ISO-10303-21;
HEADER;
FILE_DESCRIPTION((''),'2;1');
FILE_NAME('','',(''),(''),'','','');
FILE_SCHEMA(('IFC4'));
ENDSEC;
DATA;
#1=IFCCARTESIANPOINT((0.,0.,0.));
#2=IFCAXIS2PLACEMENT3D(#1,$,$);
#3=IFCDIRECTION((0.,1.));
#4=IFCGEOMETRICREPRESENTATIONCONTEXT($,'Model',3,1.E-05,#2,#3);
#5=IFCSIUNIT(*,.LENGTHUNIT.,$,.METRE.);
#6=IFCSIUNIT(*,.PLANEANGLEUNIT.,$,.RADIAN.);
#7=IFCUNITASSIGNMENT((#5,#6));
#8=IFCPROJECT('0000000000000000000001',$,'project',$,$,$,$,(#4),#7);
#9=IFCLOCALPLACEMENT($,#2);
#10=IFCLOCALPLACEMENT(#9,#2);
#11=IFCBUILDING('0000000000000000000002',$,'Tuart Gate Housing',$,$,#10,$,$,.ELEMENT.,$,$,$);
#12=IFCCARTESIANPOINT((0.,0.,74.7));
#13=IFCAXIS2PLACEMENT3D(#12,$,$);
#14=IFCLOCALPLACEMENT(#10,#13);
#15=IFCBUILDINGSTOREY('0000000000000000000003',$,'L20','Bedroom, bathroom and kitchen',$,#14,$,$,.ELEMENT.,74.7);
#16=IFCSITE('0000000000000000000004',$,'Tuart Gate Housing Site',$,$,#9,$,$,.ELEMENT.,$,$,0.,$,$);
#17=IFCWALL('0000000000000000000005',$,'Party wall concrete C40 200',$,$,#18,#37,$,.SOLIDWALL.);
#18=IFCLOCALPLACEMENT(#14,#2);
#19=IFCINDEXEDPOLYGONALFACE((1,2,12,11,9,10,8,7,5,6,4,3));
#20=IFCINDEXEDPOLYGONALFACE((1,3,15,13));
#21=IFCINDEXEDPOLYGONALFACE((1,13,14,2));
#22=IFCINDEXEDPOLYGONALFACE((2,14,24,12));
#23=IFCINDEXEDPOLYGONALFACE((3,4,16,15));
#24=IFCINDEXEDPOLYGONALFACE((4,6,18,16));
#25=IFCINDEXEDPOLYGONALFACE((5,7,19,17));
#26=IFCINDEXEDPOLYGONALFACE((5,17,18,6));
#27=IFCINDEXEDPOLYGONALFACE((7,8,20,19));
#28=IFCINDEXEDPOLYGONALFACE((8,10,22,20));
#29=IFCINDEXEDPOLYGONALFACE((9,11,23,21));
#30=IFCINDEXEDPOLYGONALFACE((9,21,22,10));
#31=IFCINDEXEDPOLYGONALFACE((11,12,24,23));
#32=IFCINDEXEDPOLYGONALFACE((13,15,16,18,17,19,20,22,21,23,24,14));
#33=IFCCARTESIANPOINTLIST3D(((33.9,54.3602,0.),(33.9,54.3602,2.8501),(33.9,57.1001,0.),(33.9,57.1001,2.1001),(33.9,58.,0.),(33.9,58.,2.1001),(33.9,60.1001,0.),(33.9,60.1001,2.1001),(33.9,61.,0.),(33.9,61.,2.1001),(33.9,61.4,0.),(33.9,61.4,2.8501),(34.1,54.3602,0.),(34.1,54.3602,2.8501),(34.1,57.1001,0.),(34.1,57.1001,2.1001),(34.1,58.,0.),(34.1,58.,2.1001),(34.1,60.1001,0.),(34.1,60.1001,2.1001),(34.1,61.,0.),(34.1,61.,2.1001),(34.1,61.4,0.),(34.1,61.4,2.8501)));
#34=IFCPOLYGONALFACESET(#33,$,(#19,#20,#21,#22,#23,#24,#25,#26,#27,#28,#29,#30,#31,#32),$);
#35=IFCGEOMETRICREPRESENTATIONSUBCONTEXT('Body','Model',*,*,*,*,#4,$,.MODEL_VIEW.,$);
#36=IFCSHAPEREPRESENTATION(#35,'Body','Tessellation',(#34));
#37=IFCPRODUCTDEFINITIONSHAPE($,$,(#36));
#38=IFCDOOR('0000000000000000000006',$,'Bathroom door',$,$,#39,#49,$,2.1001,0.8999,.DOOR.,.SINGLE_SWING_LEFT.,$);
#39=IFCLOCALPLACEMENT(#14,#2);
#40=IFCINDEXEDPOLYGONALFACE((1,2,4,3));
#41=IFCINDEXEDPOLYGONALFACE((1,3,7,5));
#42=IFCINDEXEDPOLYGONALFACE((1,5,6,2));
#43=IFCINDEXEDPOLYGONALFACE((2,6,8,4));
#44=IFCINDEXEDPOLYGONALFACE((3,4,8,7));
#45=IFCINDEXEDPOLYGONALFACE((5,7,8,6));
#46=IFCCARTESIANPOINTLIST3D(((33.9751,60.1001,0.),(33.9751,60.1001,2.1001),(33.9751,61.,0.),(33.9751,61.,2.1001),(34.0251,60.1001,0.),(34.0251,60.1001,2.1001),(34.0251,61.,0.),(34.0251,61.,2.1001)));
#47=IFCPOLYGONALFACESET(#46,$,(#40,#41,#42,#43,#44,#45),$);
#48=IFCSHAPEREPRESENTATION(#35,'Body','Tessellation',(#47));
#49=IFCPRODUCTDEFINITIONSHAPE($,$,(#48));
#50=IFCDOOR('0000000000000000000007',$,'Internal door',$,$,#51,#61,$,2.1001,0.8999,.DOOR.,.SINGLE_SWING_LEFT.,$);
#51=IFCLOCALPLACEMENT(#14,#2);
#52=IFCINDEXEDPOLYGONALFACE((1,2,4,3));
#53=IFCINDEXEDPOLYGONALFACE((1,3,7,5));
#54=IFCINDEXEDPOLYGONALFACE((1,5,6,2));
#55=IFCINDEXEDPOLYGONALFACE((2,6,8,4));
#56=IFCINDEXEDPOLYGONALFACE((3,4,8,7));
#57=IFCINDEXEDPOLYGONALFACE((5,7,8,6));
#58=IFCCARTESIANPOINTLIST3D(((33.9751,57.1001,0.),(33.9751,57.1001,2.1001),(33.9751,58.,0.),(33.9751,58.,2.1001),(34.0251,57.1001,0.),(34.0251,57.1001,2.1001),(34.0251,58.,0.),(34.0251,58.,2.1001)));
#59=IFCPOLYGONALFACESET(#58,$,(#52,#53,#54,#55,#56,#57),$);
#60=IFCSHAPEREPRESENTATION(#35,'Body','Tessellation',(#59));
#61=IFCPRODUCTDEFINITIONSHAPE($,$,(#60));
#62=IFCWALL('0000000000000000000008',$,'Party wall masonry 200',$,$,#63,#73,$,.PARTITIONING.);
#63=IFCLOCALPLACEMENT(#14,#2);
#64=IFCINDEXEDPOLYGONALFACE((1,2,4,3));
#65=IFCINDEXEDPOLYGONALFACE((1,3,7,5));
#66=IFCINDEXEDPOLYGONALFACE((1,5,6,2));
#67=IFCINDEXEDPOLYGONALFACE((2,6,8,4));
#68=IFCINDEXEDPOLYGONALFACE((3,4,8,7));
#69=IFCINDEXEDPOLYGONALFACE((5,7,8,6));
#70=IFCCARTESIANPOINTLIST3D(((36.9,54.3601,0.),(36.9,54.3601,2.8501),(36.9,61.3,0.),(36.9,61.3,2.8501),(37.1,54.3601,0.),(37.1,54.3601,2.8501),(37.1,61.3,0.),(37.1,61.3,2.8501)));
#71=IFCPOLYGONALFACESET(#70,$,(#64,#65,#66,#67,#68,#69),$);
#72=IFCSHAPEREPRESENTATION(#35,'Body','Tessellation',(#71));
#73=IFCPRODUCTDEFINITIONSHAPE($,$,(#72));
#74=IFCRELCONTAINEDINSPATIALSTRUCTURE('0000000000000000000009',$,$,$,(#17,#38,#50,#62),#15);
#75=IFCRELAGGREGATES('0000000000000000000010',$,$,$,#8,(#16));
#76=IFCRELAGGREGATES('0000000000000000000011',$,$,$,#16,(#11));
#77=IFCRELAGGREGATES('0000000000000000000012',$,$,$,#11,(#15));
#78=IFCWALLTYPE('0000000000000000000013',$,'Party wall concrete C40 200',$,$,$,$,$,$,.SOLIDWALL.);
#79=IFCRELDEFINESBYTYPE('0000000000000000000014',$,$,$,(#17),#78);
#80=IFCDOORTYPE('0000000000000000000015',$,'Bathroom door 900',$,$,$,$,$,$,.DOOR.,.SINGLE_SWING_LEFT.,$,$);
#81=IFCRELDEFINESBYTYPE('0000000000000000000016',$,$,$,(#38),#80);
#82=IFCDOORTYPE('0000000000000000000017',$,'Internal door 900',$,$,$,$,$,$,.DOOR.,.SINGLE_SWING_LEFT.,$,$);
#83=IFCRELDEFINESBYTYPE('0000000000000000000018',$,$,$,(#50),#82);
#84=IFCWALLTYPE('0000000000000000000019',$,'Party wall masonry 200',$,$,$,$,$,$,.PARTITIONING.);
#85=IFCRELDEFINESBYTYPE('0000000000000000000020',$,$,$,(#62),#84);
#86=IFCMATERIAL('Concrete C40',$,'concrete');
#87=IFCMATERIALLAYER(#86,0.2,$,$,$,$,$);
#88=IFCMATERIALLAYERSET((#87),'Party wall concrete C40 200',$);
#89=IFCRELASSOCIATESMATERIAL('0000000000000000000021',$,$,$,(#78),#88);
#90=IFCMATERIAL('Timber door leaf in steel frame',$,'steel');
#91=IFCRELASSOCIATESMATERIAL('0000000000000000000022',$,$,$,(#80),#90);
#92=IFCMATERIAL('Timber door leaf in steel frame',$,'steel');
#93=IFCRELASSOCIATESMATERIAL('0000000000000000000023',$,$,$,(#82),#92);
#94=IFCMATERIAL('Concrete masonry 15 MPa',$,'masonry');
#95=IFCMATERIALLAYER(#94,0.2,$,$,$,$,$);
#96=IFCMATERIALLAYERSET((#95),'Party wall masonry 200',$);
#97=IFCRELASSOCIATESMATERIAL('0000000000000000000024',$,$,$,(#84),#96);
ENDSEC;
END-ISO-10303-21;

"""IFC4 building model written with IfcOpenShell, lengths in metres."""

from ifc_helpers import new_model, si_unit, direction, frame, frame_2d, origin, place, context, subcontext, project, spatial, rectangle, extrude, material, layer, layer_set, type_object, element, fill, save


model = new_model("IFC4")

# Units and contexts
model_context = context("Model", 3, precision=1e-05, world=origin(), true_north=direction((0.0, 1.0)))
body_context = subcontext(model_context, "Body", "Model", "MODEL_VIEW")
ifc_project = project(units=[si_unit("LENGTHUNIT", "METRE"), si_unit("PLANEANGLEUNIT", "RADIAN")], contexts=[model_context])

# Site, building, storey
site_placement = place(None, origin())
site = spatial("IfcSite", under=ifc_project, at=site_placement, Name="Tuart Gate Housing Site", CompositionType="ELEMENT", RefElevation=0.0)
building_placement = place(site_placement, origin())
building = spatial("IfcBuilding", under=site, at=building_placement, Name="Tuart Gate Housing", CompositionType="ELEMENT")
storey_placement = place(building_placement, frame((0.0, 0.0, 74.7)))
storey = spatial("IfcBuildingStorey", under=building, at=storey_placement, Name="L20", Description="Bedroom, bathroom and kitchen", CompositionType="ELEMENT", Elevation=74.7)

# Wall, openings, doors
ifc_material_1 = material(Name="Concrete C40", Category="concrete")
ifc_layer_1 = layer(ifc_material_1, 0.2)
ifc_layer_set_1 = layer_set([ifc_layer_1], Name="Party wall concrete C40 200")
wall_type_1 = type_object("IfcWallType", Name="Party wall concrete C40 200", PredefinedType="SOLIDWALL", material=ifc_layer_set_1)
wall_1_placement = place(storey_placement, frame((34.0, 54.3601, 0.0), z_axis=(0.0, 0.0, 1.0), x_axis=(0.0, 1.0, 0.0)))
wall_1 = element("IfcWall", 1, at=wall_1_placement, inside=storey, type_object=wall_type_1, Name="Party wall concrete C40 200", PredefinedType="SOLIDWALL", context=body_context, shape_type="SweptSolid", body=[
    extrude(rectangle(XDim=7.0398, YDim=0.2, at=frame_2d((3.52, 0.0))), origin(), (0.0, 0.0, 1.0), 2.8501),
])
opening_1_placement = place(wall_1_placement, frame((2.74, 0.0, 0.0)))
opening_1 = element("IfcOpeningElement", 2, at=opening_1_placement, cuts=wall_1, PredefinedType="OPENING", context=body_context, shape_type="SweptSolid", body=[
    extrude(rectangle(XDim=0.8999, YDim=2.1001, at=frame_2d((0.45, 1.05))), frame((0.0, 0.1099, 0.0), z_axis=(0.0, -1.0, 0.0), x_axis=(1.0, 0.0, 0.0)), (0.0, 0.0, 1.0), 0.22),
])
opening_2_placement = place(wall_1_placement, frame((5.74, 0.0, 0.0)))
opening_2 = element("IfcOpeningElement", 3, at=opening_2_placement, cuts=wall_1, PredefinedType="OPENING", context=body_context, shape_type="SweptSolid", body=[
    extrude(rectangle(XDim=0.8999, YDim=2.1001, at=frame_2d((0.45, 1.05))), frame((0.0, 0.1099, 0.0), z_axis=(0.0, -1.0, 0.0), x_axis=(1.0, 0.0, 0.0)), (0.0, 0.0, 1.0), 0.22),
])
ifc_material_2 = material(Name="Timber door leaf in steel frame", Category="steel")
door_type_1 = type_object("IfcDoorType", Name="Bathroom door 900", OperationType="SINGLE_SWING_LEFT", PredefinedType="DOOR", material=ifc_material_2)
door_1_placement = place(opening_2_placement, frame((0.8999, 0.0, 0.0), z_axis=(0.0, 0.0, 1.0), x_axis=(-1.0, 0.0, 0.0)))
door_1 = element("IfcDoor", 4, at=door_1_placement, inside=storey, type_object=door_type_1, Name="Bathroom door", OperationType="SINGLE_SWING_LEFT", OverallHeight=2.1001, OverallWidth=0.8999, PredefinedType="DOOR", context=body_context, shape_type="SweptSolid", body=[
    extrude(rectangle(XDim=0.8999, YDim=2.1001, at=frame_2d((0.45, 1.05))), frame((0.0, 0.0251, 0.0), z_axis=(0.0, -1.0, 0.0), x_axis=(1.0, 0.0, 0.0)), (0.0, 0.0, 1.0), 0.05),
])
fill(opening_2, door_1)
ifc_material_3 = material(Name="Timber door leaf in steel frame", Category="steel")
door_type_2 = type_object("IfcDoorType", Name="Internal door 900", OperationType="SINGLE_SWING_LEFT", PredefinedType="DOOR", material=ifc_material_3)
door_2_placement = place(opening_1_placement, frame((0.8999, 0.0, 0.0), z_axis=(0.0, 0.0, 1.0), x_axis=(-1.0, 0.0, 0.0)))
door_2 = element("IfcDoor", 5, at=door_2_placement, inside=storey, type_object=door_type_2, Name="Internal door", OperationType="SINGLE_SWING_LEFT", OverallHeight=2.1001, OverallWidth=0.8999, PredefinedType="DOOR", context=body_context, shape_type="SweptSolid", body=[
    extrude(rectangle(XDim=0.8999, YDim=2.1001, at=frame_2d((0.45, 1.05))), frame((0.0, 0.0251, 0.0), z_axis=(0.0, -1.0, 0.0), x_axis=(1.0, 0.0, 0.0)), (0.0, 0.0, 1.0), 0.05),
])
fill(opening_1, door_2)

# Wall
ifc_material_4 = material(Name="Concrete masonry 15 MPa", Category="masonry")
ifc_layer_2 = layer(ifc_material_4, 0.2)
ifc_layer_set_2 = layer_set([ifc_layer_2], Name="Party wall masonry 200")
wall_type_2 = type_object("IfcWallType", Name="Party wall masonry 200", PredefinedType="PARTITIONING", material=ifc_layer_set_2)
wall_2_placement = place(storey_placement, frame((37.0, 54.3601, 0.0), z_axis=(0.0, 0.0, 1.0), x_axis=(0.0, 1.0, 0.0)))
element("IfcWall", 6, at=wall_2_placement, inside=storey, type_object=wall_type_2, Name="Party wall masonry 200", PredefinedType="PARTITIONING", context=body_context, shape_type="SweptSolid", body=[
    extrude(rectangle(XDim=6.9399, YDim=0.2, at=frame_2d((3.47, 0.0))), origin(), (0.0, 0.0, 1.0), 2.8501),
])

save(model, "model.ifc")
